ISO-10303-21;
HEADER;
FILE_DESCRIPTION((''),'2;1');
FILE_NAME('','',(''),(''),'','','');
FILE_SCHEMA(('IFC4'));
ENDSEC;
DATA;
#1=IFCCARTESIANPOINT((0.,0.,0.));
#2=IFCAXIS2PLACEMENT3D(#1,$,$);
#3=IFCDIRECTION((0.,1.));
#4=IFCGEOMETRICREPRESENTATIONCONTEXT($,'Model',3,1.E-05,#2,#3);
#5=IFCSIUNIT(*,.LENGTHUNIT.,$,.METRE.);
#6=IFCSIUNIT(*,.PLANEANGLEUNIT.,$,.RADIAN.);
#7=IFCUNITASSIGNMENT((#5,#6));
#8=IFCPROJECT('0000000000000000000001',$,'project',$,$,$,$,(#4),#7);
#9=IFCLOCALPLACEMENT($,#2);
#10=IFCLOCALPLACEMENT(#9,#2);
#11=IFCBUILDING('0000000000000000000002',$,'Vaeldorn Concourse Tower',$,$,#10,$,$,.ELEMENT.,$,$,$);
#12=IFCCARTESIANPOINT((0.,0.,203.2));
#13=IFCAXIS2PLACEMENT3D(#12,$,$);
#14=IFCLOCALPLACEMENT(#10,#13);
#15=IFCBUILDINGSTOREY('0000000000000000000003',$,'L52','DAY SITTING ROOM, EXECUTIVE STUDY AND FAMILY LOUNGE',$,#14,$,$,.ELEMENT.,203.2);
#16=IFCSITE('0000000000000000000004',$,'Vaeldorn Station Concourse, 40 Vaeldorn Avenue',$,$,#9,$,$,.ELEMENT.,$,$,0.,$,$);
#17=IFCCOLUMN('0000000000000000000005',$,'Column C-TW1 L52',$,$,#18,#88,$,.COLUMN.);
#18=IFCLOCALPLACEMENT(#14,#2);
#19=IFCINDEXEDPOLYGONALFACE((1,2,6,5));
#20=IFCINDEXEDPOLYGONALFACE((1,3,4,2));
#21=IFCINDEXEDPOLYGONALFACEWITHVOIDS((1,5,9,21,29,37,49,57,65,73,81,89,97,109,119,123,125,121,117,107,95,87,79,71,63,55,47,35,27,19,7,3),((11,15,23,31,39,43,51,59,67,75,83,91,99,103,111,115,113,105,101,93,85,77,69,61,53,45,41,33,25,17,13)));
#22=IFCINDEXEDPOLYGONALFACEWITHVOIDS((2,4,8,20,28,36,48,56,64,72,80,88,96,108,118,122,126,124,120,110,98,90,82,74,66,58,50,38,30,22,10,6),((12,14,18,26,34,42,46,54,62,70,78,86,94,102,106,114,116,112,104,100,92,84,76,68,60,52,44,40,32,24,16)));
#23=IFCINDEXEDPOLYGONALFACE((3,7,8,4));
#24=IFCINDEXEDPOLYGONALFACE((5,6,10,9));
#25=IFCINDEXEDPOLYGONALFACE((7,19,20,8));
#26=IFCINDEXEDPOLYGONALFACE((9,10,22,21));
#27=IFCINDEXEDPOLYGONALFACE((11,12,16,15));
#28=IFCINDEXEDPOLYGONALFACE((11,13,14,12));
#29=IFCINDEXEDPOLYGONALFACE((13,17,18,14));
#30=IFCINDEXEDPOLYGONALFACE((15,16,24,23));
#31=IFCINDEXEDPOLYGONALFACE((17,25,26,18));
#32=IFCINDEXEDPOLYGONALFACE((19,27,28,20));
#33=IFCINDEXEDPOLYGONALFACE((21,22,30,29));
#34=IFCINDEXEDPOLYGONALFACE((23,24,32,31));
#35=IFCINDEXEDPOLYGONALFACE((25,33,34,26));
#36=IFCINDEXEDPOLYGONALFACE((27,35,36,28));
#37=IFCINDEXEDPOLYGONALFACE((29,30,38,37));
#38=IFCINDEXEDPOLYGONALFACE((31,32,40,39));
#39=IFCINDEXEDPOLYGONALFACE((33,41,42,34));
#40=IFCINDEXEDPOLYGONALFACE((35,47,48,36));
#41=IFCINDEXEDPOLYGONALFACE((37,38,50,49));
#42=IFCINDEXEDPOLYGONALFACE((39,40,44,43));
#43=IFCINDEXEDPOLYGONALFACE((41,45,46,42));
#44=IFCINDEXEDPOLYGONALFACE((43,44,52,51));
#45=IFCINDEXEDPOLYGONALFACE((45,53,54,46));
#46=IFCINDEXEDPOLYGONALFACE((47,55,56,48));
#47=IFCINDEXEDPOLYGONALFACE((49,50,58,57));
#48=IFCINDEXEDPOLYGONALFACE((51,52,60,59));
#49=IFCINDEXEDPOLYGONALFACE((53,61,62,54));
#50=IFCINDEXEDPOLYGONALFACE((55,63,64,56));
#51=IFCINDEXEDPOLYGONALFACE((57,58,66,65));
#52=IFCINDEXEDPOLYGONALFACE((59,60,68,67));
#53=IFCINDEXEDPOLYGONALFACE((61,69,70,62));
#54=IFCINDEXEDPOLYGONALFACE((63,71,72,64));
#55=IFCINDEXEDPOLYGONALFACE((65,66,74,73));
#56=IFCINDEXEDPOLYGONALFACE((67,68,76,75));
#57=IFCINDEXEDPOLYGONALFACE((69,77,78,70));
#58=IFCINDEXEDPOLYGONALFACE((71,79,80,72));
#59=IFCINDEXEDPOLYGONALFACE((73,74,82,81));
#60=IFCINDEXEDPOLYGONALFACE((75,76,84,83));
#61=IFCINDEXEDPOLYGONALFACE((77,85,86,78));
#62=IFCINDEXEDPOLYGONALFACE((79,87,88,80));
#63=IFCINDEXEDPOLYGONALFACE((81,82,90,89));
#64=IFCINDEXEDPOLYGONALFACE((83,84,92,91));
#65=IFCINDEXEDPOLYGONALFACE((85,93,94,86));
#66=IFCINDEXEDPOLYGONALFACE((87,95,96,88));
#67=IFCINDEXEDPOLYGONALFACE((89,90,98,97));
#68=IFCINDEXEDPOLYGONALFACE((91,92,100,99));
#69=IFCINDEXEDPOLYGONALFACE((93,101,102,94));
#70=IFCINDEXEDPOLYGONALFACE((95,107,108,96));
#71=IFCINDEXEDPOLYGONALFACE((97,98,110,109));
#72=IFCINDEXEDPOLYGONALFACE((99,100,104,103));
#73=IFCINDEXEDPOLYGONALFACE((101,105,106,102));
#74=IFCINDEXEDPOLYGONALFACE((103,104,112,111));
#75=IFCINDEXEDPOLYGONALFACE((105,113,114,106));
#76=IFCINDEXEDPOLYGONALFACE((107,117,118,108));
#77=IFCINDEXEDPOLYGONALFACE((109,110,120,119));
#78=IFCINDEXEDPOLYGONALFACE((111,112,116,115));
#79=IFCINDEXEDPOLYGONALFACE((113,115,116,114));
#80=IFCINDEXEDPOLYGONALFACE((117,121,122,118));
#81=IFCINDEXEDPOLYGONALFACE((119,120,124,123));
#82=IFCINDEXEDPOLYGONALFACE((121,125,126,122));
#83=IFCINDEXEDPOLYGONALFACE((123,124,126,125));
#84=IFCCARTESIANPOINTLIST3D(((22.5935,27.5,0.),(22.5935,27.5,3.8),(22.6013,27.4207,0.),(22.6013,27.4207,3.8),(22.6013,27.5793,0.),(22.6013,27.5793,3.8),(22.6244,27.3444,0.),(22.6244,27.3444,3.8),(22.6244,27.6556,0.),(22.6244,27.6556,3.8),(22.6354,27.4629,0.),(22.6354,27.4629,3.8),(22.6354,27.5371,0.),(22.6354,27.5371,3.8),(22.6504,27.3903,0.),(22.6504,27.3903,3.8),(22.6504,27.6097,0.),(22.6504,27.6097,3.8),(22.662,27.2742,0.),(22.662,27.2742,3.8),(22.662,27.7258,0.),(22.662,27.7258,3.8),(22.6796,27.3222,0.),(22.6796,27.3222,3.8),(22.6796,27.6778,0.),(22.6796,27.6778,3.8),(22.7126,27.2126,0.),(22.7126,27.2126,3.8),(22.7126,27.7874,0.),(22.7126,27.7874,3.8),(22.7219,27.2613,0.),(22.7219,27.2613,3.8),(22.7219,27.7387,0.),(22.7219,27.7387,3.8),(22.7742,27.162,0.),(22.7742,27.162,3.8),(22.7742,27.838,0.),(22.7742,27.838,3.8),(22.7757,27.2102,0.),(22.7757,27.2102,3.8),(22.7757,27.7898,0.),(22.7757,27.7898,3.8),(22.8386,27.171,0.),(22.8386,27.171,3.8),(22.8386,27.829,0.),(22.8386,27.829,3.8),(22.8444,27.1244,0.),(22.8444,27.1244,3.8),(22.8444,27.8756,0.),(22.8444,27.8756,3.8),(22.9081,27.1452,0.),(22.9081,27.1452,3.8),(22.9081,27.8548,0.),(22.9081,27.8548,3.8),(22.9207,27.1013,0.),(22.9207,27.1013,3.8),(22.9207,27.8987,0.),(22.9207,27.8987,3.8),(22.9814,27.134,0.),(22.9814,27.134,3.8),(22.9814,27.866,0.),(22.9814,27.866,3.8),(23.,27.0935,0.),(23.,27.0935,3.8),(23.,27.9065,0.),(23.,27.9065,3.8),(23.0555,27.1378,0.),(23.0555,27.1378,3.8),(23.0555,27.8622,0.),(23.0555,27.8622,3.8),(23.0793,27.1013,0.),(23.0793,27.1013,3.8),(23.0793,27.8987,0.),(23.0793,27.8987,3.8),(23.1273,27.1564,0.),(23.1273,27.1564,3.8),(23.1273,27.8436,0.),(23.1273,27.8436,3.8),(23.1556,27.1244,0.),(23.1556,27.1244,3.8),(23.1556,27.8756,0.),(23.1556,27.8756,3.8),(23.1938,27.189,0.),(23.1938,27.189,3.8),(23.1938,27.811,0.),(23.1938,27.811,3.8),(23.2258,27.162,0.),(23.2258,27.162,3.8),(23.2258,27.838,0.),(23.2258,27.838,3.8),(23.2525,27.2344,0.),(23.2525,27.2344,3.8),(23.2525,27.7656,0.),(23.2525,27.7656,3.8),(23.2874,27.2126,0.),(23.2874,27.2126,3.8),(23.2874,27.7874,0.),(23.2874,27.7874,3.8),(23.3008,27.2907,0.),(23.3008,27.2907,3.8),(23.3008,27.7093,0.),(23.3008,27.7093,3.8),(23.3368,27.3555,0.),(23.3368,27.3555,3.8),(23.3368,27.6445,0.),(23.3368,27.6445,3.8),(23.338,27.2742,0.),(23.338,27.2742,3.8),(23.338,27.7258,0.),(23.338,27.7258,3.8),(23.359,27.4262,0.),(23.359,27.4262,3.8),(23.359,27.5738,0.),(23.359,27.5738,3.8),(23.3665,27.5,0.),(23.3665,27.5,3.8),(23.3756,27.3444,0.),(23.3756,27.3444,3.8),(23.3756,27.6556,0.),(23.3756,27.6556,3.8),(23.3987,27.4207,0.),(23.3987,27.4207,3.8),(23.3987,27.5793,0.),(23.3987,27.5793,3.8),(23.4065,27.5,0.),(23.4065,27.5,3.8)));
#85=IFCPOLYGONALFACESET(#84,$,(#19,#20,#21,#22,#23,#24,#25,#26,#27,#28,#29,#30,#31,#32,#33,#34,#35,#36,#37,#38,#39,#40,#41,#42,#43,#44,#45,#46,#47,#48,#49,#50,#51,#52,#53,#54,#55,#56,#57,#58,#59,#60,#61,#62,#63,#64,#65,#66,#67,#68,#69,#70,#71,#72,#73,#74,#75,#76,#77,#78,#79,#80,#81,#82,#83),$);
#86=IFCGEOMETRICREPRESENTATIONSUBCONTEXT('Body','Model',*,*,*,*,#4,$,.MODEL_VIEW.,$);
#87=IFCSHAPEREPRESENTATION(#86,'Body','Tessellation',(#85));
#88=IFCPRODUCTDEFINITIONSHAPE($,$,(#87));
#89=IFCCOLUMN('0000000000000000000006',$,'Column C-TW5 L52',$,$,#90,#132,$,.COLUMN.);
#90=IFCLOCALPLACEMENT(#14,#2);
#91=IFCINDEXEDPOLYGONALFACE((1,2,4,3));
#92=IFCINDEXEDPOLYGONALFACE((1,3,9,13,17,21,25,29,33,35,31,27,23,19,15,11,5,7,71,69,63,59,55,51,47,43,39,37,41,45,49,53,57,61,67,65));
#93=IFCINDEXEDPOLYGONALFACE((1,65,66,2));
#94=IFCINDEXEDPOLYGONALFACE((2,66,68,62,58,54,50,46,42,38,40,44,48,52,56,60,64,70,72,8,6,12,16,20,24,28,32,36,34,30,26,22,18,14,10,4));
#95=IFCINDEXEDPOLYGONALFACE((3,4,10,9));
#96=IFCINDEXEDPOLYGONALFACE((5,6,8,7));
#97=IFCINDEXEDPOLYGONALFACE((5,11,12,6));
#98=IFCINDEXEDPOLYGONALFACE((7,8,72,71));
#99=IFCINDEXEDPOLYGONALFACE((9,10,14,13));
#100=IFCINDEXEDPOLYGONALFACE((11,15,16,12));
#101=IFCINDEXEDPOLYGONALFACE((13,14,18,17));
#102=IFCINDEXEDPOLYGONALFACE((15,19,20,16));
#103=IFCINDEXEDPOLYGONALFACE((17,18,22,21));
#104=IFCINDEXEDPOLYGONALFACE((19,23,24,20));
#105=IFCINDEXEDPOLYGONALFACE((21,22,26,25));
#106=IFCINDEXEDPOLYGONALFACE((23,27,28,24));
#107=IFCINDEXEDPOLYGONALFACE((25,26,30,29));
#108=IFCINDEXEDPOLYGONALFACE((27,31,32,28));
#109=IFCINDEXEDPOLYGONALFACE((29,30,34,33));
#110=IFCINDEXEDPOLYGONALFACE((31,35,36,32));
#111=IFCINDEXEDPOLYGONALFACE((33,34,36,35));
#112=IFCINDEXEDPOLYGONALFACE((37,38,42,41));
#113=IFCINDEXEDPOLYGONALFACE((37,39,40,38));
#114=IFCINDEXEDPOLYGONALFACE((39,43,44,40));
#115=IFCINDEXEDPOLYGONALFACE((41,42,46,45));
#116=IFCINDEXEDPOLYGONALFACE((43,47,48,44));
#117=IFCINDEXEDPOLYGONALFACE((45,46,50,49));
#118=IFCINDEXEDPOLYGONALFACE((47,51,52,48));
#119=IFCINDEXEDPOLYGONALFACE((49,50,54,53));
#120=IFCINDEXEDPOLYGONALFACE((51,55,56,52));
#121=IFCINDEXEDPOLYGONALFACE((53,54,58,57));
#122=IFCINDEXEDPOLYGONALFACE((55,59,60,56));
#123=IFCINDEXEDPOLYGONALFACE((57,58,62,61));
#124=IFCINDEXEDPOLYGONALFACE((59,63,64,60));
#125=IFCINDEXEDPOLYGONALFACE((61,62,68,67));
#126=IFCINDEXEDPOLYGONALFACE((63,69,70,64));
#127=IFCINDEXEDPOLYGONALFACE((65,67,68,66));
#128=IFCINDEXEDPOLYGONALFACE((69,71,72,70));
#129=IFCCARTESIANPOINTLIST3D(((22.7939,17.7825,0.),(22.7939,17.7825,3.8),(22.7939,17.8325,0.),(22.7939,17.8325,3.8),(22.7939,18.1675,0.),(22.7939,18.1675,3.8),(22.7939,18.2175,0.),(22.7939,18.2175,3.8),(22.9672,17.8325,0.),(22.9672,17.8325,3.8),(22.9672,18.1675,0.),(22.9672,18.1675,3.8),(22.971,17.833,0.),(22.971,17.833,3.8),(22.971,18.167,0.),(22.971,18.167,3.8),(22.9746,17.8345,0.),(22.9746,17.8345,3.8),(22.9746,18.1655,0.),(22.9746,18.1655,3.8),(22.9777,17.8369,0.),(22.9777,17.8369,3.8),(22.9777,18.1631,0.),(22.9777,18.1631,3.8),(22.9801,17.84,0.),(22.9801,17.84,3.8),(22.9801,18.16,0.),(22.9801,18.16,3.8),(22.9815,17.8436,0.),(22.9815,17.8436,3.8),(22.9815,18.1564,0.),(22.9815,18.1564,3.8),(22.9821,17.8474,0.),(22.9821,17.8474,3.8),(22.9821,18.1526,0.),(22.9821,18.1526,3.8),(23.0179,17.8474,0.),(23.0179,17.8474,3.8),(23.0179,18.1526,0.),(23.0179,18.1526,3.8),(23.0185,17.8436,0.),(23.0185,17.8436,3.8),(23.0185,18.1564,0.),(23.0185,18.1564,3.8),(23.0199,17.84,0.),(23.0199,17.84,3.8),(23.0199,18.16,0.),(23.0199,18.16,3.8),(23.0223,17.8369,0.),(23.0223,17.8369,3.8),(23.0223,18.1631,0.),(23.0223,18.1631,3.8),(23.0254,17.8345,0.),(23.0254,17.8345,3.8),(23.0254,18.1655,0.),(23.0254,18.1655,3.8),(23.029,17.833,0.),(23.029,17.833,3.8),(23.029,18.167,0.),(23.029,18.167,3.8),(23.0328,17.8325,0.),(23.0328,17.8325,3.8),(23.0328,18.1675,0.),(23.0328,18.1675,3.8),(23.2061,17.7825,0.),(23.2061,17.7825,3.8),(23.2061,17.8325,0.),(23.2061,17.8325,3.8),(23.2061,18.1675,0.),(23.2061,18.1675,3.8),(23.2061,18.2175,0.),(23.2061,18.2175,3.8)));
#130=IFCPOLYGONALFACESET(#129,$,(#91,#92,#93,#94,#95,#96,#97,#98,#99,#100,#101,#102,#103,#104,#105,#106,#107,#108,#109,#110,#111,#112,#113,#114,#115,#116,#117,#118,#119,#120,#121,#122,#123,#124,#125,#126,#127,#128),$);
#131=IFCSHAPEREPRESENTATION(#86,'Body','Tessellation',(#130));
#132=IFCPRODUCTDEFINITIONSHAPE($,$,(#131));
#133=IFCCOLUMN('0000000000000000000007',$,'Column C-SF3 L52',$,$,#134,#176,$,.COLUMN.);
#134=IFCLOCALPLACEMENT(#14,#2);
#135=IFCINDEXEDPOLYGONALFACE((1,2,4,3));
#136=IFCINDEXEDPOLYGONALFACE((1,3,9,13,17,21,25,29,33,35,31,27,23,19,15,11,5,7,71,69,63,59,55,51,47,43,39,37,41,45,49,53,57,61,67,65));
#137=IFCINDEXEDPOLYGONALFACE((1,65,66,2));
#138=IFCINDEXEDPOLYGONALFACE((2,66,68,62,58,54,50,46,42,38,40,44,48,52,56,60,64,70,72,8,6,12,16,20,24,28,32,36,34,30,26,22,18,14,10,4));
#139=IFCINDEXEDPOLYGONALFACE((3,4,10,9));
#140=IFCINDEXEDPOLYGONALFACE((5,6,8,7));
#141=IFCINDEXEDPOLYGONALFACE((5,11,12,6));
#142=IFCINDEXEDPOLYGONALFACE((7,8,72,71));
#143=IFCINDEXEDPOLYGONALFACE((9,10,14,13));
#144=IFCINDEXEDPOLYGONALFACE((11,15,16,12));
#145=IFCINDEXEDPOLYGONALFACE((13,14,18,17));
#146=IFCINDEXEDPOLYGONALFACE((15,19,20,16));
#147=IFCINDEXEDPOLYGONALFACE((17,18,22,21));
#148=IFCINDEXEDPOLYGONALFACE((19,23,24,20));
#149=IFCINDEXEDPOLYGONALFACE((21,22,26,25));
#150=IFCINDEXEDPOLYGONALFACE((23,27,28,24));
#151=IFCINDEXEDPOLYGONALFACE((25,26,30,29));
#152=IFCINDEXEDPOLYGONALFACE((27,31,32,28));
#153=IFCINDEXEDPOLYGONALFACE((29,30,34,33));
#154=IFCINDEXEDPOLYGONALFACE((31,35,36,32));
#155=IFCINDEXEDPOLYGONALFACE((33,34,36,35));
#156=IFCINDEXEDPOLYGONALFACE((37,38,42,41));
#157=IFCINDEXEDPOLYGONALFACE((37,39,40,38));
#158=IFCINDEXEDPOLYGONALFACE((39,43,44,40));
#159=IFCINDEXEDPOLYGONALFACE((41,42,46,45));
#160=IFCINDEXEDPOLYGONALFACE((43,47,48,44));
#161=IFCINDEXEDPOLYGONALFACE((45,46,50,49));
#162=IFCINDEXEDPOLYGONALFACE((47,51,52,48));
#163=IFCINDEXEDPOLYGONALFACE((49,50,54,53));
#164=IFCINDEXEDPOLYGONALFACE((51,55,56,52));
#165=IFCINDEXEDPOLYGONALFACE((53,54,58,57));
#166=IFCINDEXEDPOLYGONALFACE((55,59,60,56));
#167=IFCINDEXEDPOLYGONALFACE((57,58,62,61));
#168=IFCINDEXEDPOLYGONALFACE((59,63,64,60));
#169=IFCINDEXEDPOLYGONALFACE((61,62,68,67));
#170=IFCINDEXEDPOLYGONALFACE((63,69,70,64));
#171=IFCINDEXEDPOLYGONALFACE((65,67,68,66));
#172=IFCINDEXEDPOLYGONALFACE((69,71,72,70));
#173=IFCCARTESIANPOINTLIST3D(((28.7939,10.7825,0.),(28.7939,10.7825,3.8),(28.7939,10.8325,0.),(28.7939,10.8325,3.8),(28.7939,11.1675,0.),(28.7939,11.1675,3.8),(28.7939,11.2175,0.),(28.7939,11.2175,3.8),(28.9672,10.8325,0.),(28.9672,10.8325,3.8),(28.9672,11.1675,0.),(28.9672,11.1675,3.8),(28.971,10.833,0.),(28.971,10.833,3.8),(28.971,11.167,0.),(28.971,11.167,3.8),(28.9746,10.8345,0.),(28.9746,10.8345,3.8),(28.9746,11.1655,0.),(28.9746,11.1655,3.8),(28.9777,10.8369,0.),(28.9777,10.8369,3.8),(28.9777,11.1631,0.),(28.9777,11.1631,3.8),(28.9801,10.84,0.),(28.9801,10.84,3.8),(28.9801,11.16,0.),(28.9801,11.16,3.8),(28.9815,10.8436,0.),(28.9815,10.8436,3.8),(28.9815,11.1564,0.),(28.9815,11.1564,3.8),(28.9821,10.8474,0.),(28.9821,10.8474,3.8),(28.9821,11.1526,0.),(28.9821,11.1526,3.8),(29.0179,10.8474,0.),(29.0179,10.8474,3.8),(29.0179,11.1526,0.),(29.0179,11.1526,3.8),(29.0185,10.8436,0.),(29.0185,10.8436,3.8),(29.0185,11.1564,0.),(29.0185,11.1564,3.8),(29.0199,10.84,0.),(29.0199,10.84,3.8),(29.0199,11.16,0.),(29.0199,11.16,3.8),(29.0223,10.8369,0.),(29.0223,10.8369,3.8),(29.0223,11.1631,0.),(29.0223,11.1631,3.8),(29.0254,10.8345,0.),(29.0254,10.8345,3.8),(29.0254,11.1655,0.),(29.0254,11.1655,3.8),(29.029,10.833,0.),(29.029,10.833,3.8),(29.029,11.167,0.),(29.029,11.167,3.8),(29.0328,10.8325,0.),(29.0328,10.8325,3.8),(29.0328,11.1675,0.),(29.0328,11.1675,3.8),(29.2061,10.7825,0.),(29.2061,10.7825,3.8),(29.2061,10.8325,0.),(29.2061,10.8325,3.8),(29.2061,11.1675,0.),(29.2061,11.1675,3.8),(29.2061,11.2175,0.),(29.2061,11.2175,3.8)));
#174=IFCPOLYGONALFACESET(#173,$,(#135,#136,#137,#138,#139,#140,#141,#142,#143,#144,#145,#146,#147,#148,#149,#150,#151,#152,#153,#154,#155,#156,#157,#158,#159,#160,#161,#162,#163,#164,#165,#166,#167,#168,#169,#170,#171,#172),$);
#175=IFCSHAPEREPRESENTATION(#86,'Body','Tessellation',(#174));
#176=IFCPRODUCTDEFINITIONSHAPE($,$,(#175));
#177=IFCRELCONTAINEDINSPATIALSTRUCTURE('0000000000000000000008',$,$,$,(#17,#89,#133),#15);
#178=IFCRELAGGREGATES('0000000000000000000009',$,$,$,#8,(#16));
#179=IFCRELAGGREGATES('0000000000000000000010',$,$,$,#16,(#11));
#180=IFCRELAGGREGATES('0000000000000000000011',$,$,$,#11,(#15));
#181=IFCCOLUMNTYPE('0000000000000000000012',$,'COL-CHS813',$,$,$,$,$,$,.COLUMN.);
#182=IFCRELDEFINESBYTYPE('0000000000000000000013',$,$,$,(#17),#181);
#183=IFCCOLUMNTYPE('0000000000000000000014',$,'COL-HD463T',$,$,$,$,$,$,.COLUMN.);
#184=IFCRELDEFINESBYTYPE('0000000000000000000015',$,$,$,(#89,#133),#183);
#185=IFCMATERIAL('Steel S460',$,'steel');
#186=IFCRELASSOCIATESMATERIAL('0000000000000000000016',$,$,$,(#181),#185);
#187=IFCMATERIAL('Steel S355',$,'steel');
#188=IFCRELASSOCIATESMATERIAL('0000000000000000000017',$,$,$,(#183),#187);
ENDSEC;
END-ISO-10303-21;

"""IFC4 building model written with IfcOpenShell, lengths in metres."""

from ifc_helpers import new_model, si_unit, direction, frame, origin, origin_2d, place, context, subcontext, project, spatial, hollow_circle, i_section, extrude, source, transform, mapped, material, material_profile, profile_set, type_object, element, save


model = new_model("IFC4")

# Units and contexts
model_context = context("Model", 3, precision=1e-05, world=origin(), true_north=direction((0.0, 1.0)))
body_context = subcontext(model_context, "Body", "Model", "MODEL_VIEW")
ifc_project = project(units=[si_unit("LENGTHUNIT", "METRE"), si_unit("PLANEANGLEUNIT", "RADIAN")], contexts=[model_context])

# Site, building, storey
site_placement = place(None, origin())
site = spatial("IfcSite", under=ifc_project, at=site_placement, Name="Vaeldorn Station Concourse, 40 Vaeldorn Avenue", CompositionType="ELEMENT", RefElevation=0.0)
building_placement = place(site_placement, origin())
building = spatial("IfcBuilding", under=site, at=building_placement, Name="Vaeldorn Concourse Tower", CompositionType="ELEMENT")
storey_placement = place(building_placement, frame((0.0, 0.0, 203.2)))
storey = spatial("IfcBuildingStorey", under=building, at=storey_placement, Name="L52", Description="DAY SITTING ROOM, EXECUTIVE STUDY AND FAMILY LOUNGE", CompositionType="ELEMENT", Elevation=203.2)

# Columns
ifc_material_1 = material(Name="Steel S460", Category="steel")
ifc_material_profile_1 = material_profile(ifc_material_1, hollow_circle(Radius=0.4065, WallThickness=0.04, at=origin_2d()), Name="CHS 813x40")
ifc_profile_set_1 = profile_set([ifc_material_profile_1], Name="Steel S460")
column_type_1 = type_object("IfcColumnType", Name="COL-CHS813", PredefinedType="COLUMN", material=ifc_profile_set_1)
shared_shape_1 = source(origin(), body_context, "Body", "SweptSolid", [
    extrude(hollow_circle(Radius=0.4065, WallThickness=0.04, at=origin_2d()), origin(), (0.0, 0.0, 1.0), 3.8),
])
column_placement = place(storey_placement, frame((23.0, 27.5, 0.0), z_axis=(0.0, 0.0, 1.0), x_axis=(1.0, 0.0, 0.0)))
element("IfcColumn", 1, at=column_placement, inside=storey, type_object=column_type_1, Name="Column C-TW1 L52", PredefinedType="COLUMN", context=body_context, shape_type="MappedRepresentation", body=[
    mapped(shared_shape_1, transform((0.0, 0.0, 0.0), scale=1.0)),
])
ifc_material_2 = material(Name="Steel S355", Category="steel")
ifc_material_profile_2 = material_profile(ifc_material_2, i_section(OverallWidth=0.4121, OverallDepth=0.4351, WebThickness=0.0359, FlangeThickness=0.05, FilletRadius=0.0149, at=origin_2d()), Name="HD 400x463")
ifc_profile_set_2 = profile_set([ifc_material_profile_2], Name="Steel S355")
column_type_2 = type_object("IfcColumnType", Name="COL-HD463T", PredefinedType="COLUMN", material=ifc_profile_set_2)
shared_shape_2 = source(origin(), body_context, "Body", "SweptSolid", [
    extrude(i_section(OverallWidth=0.4121, OverallDepth=0.4351, WebThickness=0.0359, FlangeThickness=0.05, FilletRadius=0.0149, at=origin_2d()), origin(), (0.0, 0.0, 1.0), 3.8),
])
for number, where, z_axis, x_axis, name in (
    (2, (23.0, 18.0, 0.0), (0.0, 0.0, 1.0), (1.0, 0.0, 0.0), "Column C-TW5 L52"),
    (3, (29.0, 11.0, 0.0), (0.0, 0.0, 1.0), (1.0, 0.0, 0.0), "Column C-SF3 L52"),
):
    element("IfcColumn", number, at=place(storey_placement, frame(where, z_axis=z_axis, x_axis=x_axis)), inside=storey, type_object=column_type_2, Name=name, PredefinedType="COLUMN", context=body_context, shape_type="MappedRepresentation", body=[
        mapped(shared_shape_2, transform((0.0, 0.0, 0.0), scale=1.0)),
    ])

save(model, "model.ifc")
